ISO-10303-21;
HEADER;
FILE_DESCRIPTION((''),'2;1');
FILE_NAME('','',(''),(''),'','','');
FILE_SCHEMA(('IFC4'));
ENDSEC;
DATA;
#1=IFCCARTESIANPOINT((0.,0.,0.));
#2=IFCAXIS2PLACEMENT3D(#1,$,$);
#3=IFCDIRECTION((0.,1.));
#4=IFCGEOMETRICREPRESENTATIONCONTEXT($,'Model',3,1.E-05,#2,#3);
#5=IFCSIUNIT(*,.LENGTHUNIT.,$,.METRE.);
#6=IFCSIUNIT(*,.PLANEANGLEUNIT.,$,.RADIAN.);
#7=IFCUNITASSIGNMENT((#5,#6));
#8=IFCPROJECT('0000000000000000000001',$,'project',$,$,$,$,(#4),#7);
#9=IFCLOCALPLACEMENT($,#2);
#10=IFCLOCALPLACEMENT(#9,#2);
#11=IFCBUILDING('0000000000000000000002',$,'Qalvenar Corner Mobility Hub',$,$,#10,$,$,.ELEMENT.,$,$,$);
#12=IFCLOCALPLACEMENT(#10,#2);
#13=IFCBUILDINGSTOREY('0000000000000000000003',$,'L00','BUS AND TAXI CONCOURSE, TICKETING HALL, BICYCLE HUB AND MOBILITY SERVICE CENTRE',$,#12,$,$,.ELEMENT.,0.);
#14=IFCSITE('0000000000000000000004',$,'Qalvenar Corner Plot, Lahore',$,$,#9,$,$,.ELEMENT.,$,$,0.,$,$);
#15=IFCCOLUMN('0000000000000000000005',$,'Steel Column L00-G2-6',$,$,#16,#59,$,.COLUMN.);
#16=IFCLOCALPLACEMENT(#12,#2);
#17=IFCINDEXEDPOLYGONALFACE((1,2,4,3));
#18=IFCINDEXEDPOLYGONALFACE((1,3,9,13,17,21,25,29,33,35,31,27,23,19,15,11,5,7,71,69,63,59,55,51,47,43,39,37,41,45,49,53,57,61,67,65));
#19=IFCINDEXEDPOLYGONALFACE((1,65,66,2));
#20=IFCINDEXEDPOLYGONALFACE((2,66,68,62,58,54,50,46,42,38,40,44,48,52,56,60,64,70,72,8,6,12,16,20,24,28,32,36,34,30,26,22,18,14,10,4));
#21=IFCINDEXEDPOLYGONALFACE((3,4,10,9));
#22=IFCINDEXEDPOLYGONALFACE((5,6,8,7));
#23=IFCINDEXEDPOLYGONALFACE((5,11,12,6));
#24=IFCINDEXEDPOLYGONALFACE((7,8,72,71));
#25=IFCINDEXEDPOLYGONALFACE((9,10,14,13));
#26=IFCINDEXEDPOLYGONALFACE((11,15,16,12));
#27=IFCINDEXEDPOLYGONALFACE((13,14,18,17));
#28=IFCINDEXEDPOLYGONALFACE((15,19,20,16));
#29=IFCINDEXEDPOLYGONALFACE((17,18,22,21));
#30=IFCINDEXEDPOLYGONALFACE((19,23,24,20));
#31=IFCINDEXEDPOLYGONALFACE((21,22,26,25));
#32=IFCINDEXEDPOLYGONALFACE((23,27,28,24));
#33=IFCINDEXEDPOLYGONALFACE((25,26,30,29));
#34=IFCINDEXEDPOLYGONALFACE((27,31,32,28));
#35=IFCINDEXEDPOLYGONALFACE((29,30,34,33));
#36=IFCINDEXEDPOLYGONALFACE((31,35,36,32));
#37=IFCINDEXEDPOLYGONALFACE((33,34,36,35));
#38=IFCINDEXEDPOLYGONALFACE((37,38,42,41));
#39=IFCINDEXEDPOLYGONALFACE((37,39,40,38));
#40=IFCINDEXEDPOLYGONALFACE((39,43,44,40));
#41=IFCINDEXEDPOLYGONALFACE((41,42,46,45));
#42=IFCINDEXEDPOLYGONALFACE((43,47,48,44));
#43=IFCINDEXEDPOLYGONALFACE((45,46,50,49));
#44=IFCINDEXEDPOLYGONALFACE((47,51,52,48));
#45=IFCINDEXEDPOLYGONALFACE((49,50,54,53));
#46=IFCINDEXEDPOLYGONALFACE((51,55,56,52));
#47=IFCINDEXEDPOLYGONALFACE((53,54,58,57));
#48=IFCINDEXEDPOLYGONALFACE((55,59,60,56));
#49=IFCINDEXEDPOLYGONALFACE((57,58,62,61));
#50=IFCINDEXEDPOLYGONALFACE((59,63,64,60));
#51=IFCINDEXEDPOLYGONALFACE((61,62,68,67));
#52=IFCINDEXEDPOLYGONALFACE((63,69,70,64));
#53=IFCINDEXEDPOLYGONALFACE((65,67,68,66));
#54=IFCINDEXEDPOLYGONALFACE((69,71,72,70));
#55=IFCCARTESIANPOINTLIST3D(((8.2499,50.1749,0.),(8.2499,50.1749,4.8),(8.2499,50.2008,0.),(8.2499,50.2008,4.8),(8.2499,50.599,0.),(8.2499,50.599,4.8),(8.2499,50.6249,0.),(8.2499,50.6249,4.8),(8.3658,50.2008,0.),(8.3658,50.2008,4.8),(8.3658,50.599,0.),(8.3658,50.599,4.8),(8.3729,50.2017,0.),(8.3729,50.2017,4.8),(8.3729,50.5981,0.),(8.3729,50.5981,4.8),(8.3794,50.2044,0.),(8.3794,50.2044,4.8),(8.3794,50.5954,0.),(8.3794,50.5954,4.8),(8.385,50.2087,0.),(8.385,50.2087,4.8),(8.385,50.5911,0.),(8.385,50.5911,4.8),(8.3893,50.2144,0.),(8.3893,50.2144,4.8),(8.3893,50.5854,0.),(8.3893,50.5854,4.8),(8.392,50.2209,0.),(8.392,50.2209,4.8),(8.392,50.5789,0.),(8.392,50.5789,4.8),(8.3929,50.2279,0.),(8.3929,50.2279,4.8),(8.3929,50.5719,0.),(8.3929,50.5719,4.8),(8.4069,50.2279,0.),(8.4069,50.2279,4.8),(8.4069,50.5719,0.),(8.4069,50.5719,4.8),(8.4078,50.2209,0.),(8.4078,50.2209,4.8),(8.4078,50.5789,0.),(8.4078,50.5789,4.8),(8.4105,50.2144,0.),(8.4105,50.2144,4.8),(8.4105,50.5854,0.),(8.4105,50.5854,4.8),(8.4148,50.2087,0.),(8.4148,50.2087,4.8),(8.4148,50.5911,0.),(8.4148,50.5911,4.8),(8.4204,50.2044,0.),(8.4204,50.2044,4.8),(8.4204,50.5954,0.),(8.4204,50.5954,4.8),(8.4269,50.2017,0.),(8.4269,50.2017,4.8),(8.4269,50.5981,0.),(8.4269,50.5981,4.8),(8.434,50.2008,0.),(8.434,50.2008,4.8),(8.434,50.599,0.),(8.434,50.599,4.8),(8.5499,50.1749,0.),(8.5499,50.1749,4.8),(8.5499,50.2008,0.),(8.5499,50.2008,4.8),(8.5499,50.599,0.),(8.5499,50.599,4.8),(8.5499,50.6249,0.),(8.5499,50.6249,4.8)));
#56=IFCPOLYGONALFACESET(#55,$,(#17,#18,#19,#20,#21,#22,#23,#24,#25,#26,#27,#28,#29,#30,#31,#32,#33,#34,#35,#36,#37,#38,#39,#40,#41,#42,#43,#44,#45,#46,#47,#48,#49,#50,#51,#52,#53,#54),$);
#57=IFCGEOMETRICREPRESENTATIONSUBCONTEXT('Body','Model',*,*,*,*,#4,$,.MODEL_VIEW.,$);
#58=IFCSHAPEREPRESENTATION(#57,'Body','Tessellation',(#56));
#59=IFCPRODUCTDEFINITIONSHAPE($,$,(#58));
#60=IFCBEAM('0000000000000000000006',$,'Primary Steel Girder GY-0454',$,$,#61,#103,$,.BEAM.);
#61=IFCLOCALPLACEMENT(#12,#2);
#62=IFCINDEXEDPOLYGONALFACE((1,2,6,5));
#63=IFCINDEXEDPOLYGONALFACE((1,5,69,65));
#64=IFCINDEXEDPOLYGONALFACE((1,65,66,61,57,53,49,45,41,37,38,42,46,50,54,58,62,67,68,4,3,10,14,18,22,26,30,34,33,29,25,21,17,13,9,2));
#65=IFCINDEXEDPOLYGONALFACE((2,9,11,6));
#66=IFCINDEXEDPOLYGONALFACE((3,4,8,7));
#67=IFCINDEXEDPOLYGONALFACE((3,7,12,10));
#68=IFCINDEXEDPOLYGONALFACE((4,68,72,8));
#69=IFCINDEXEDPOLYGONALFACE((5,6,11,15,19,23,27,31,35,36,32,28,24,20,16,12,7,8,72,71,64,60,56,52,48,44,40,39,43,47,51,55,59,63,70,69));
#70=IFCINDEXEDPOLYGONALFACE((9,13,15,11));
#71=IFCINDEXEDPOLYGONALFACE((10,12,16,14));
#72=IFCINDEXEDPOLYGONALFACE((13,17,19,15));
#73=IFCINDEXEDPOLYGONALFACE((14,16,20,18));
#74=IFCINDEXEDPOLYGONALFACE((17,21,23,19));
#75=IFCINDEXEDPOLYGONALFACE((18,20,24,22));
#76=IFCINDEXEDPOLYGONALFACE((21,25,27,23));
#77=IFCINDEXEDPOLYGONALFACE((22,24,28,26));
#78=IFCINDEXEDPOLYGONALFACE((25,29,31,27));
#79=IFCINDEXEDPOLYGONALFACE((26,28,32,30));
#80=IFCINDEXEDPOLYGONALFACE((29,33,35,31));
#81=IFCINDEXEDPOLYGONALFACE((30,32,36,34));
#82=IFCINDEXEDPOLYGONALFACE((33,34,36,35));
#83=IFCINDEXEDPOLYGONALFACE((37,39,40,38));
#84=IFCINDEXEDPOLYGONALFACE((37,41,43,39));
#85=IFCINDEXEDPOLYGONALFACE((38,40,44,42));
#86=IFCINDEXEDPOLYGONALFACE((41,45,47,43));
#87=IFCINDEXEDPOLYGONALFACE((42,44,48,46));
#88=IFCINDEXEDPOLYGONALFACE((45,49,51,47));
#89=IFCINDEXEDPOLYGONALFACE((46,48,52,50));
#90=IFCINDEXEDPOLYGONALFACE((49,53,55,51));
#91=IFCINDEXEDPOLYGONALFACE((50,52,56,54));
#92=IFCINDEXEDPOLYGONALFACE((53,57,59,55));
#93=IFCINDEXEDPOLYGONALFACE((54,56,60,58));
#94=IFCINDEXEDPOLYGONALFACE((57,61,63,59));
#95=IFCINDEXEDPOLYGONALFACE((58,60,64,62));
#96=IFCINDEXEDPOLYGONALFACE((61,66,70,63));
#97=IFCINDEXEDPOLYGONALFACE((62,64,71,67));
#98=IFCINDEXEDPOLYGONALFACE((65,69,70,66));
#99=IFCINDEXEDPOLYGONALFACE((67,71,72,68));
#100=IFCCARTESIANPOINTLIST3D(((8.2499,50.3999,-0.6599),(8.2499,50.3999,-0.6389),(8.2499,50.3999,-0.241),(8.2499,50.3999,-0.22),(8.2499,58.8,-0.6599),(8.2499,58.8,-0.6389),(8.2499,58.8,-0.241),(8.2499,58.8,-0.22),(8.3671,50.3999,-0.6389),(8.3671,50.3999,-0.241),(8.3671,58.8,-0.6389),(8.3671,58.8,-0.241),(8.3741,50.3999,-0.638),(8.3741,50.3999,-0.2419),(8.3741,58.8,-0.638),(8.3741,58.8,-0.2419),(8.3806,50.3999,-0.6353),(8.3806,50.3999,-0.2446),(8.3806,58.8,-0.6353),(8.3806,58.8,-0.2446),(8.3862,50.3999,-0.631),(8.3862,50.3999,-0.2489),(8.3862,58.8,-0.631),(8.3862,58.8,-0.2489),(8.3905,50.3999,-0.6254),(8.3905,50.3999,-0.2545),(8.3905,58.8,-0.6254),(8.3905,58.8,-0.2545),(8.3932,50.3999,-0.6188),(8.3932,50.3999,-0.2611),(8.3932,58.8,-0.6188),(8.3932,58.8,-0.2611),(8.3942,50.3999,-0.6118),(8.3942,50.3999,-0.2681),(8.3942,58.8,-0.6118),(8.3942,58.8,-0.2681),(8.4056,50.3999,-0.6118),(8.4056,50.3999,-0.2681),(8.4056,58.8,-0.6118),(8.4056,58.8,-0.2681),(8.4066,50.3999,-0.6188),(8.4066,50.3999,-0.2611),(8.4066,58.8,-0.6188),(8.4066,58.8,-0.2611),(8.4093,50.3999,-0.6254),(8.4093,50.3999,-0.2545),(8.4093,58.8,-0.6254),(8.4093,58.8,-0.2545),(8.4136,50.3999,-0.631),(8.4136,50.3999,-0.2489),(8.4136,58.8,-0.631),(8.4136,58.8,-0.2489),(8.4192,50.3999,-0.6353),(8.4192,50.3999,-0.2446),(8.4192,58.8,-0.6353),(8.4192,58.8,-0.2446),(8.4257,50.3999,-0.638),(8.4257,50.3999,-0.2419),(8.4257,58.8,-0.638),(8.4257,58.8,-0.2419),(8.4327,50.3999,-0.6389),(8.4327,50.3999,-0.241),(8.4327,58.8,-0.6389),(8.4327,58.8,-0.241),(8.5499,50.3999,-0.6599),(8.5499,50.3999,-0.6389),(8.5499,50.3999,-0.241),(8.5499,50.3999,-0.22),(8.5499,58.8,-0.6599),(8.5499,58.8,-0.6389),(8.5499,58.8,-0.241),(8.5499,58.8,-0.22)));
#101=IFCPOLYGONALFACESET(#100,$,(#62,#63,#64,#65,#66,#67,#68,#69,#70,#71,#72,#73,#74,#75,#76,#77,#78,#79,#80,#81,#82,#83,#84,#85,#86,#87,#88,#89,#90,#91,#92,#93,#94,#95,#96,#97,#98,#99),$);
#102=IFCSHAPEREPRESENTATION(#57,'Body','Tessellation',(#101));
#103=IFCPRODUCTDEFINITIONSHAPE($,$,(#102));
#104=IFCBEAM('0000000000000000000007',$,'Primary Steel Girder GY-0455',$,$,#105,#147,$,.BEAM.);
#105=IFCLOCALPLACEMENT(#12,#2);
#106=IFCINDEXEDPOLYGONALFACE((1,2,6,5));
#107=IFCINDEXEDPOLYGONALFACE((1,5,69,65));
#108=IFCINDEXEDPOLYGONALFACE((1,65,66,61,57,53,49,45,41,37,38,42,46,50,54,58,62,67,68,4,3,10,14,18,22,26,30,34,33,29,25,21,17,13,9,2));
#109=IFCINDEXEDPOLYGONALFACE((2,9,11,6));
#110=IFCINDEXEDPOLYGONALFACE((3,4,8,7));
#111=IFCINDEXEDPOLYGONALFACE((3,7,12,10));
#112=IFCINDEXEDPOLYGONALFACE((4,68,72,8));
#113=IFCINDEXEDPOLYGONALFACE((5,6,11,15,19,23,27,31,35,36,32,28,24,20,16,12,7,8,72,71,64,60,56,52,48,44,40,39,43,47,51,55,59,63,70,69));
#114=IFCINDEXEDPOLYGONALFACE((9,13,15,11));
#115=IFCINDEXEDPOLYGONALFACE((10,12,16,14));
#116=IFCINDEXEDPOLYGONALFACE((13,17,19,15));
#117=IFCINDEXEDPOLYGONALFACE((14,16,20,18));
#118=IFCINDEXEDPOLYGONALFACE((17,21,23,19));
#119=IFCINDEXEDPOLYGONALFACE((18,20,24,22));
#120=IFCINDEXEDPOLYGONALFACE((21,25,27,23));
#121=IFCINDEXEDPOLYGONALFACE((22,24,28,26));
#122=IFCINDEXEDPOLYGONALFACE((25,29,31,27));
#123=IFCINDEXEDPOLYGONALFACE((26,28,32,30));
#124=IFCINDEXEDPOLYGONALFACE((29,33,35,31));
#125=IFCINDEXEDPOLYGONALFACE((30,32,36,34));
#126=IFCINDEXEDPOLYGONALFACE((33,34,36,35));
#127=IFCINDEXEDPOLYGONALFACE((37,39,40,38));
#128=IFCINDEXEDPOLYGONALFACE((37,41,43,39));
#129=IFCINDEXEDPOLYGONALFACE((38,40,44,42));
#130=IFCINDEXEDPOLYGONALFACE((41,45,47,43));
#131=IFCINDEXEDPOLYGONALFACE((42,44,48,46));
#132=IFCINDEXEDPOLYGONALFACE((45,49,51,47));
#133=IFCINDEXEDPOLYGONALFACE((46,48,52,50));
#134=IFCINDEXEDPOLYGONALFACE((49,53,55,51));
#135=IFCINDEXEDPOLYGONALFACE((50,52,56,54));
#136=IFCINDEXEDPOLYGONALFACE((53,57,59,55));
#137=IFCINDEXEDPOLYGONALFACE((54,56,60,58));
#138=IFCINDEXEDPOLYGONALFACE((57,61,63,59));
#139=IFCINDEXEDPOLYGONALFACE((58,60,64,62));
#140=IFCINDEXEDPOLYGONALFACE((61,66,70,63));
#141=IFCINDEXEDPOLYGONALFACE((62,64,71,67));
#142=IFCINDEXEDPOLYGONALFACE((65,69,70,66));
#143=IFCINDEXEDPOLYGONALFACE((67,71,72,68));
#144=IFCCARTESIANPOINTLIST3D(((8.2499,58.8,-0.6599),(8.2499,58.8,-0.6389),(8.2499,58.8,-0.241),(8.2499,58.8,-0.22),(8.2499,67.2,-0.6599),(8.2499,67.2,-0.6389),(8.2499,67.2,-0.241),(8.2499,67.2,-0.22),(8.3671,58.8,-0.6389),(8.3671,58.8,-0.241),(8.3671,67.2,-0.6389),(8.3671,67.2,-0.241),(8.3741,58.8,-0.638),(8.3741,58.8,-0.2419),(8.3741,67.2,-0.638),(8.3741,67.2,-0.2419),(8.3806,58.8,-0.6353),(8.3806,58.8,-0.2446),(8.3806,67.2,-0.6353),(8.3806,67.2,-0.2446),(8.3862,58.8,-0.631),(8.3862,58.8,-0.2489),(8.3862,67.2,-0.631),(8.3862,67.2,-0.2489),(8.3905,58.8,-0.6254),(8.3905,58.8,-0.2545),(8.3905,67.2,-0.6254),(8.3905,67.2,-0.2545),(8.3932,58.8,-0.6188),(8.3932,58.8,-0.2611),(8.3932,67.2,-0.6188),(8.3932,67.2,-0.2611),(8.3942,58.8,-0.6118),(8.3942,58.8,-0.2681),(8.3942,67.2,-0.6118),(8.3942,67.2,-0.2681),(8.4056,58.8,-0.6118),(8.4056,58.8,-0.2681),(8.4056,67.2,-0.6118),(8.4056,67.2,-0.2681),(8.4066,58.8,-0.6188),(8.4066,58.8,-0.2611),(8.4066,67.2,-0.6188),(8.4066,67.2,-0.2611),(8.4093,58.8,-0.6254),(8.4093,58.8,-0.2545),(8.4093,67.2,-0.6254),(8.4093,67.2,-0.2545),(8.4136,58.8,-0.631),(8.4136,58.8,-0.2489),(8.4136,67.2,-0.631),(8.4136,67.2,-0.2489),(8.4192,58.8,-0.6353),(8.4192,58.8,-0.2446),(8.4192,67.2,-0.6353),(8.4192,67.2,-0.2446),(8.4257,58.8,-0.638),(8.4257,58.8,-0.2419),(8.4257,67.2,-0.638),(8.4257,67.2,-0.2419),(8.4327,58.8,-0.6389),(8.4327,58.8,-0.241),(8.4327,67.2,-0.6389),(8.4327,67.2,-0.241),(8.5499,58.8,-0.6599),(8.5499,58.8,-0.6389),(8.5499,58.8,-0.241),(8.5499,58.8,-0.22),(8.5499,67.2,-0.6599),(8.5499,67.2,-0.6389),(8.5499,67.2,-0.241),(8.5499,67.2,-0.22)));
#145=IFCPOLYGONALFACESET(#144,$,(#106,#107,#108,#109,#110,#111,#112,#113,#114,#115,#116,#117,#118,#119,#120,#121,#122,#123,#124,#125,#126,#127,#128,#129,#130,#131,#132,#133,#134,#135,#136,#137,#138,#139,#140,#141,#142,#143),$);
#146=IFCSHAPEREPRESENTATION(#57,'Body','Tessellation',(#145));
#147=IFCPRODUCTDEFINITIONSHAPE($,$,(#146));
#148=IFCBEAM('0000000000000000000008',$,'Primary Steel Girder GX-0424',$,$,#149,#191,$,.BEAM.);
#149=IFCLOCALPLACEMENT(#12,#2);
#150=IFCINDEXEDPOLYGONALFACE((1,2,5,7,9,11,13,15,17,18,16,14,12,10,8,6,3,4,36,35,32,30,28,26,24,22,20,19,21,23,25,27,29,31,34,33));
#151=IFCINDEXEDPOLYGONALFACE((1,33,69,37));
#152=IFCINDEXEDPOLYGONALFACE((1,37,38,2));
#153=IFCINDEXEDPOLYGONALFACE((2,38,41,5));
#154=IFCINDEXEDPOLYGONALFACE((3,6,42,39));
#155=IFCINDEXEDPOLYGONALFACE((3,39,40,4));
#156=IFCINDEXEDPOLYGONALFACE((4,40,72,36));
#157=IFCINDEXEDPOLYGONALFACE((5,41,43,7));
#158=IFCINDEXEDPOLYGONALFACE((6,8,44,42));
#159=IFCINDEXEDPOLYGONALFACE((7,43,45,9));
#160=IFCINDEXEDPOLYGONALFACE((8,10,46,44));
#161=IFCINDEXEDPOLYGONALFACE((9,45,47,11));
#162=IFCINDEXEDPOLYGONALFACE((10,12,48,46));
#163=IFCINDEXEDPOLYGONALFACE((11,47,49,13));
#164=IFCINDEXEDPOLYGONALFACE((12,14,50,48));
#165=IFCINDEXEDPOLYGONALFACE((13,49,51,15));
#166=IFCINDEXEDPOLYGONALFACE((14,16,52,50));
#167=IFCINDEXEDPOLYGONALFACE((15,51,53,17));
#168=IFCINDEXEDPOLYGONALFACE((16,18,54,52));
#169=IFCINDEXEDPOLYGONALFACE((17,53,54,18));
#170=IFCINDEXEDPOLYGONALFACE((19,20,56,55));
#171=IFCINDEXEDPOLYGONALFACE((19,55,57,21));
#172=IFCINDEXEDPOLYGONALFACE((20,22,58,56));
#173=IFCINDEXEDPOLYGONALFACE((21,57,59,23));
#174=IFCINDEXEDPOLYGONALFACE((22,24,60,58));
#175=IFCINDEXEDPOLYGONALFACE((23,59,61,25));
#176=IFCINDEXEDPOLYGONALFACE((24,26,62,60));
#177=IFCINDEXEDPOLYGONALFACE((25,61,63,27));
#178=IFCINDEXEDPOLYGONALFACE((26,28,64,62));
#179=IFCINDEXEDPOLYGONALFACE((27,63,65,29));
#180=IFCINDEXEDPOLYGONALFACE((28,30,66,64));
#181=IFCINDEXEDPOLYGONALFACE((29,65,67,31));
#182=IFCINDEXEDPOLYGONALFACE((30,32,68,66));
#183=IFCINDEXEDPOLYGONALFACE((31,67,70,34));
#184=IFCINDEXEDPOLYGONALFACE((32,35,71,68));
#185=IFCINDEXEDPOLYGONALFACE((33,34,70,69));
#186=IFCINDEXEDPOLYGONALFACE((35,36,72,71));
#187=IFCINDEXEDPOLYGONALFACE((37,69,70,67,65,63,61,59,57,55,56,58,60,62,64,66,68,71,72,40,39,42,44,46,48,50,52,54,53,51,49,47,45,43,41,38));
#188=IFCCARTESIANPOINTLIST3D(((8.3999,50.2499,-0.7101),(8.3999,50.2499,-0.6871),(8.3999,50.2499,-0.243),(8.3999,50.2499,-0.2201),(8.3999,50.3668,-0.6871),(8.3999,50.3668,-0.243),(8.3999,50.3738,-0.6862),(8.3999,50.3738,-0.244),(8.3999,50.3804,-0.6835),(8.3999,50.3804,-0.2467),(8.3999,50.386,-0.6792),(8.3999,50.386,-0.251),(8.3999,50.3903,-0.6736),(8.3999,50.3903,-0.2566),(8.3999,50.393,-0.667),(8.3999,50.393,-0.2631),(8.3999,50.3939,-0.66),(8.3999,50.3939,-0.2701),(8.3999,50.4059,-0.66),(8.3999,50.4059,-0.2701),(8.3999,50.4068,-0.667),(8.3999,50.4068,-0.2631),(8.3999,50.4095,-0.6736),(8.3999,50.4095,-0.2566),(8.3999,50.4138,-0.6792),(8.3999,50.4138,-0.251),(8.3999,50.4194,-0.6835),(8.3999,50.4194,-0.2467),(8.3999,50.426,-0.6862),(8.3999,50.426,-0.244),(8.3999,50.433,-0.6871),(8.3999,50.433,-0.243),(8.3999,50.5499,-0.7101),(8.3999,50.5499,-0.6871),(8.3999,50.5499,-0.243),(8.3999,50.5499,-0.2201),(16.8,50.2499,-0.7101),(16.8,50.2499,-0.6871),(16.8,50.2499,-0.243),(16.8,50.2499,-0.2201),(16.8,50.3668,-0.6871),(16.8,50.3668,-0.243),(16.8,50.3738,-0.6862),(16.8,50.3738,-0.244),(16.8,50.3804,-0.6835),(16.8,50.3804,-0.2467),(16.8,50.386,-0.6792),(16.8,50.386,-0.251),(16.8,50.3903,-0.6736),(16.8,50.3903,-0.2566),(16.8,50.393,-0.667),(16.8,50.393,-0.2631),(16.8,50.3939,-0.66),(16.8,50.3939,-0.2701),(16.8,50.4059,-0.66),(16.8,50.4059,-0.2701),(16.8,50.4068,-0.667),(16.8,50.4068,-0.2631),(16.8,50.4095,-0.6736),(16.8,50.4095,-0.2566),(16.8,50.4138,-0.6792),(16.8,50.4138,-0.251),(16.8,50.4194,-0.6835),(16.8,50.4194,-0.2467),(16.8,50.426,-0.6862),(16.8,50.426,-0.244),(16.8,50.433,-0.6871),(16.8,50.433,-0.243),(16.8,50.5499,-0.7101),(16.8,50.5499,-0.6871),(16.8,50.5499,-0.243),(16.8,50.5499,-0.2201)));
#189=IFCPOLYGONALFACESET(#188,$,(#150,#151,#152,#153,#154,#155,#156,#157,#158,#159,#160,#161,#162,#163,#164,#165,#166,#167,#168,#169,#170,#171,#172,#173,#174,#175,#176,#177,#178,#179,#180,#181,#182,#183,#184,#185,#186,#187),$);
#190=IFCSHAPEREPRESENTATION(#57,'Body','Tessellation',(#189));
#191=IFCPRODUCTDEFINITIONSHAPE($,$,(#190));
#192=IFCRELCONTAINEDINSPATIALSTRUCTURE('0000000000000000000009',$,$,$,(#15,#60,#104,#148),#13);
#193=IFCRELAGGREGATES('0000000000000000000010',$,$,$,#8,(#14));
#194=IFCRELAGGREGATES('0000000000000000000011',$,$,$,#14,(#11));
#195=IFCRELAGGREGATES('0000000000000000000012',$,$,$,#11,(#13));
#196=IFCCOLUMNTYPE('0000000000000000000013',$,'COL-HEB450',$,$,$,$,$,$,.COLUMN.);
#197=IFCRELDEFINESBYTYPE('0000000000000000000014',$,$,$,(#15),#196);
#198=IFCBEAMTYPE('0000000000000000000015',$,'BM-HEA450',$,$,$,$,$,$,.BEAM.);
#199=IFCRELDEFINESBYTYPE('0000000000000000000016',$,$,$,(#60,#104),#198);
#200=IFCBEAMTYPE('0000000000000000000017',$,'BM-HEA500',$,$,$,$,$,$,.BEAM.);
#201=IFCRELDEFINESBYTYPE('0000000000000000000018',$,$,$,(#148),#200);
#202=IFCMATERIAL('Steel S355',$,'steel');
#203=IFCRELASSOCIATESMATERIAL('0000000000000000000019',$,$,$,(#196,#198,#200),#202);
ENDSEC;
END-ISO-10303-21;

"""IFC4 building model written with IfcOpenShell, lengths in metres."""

from ifc_helpers import new_model, si_unit, direction, frame, origin, origin_2d, place, context, subcontext, project, spatial, i_section, extrude, material, material_profile, profile_set, type_object, element, save


model = new_model("IFC4")

# Units and contexts
model_context = context("Model", 3, precision=1e-05, world=origin(), true_north=direction((0.0, 1.0)))
body_context = subcontext(model_context, "Body", "Model", "MODEL_VIEW")
ifc_project = project(units=[si_unit("LENGTHUNIT", "METRE"), si_unit("PLANEANGLEUNIT", "RADIAN")], contexts=[model_context])

# Site, building, storey
site_placement = place(None, origin())
site = spatial("IfcSite", under=ifc_project, at=site_placement, Name="Qalvenar Corner Plot, Lahore", CompositionType="ELEMENT", RefElevation=0.0)
building_placement = place(site_placement, origin())
building = spatial("IfcBuilding", under=site, at=building_placement, Name="Qalvenar Corner Mobility Hub", CompositionType="ELEMENT")
storey_placement = place(building_placement, origin())
storey = spatial("IfcBuildingStorey", under=building, at=storey_placement, Name="L00", Description="BUS AND TAXI CONCOURSE, TICKETING HALL, BICYCLE HUB AND MOBILITY SERVICE CENTRE", CompositionType="ELEMENT", Elevation=0.0)

# Column
ifc_material_1 = material(Name="Steel S355", Category="steel")
ifc_material_profile_1 = material_profile(ifc_material_1, i_section(OverallWidth=0.3, OverallDepth=0.45, WebThickness=0.0139, FlangeThickness=0.0259, FilletRadius=0.0271, at=origin_2d()), Name="HEB450")
ifc_profile_set_1 = profile_set([ifc_material_profile_1], Name="Steel S355")
column_type = type_object("IfcColumnType", Name="COL-HEB450", PredefinedType="COLUMN", material=ifc_profile_set_1)
column_placement = place(storey_placement, frame((8.3999, 50.3999, 0.0), z_axis=(0.0, 0.0, 1.0), x_axis=(1.0, 0.0, 0.0)))
element("IfcColumn", 1, at=column_placement, inside=storey, type_object=column_type, Name="Steel Column L00-G2-6", PredefinedType="COLUMN", context=body_context, shape_type="SweptSolid", body=[
    extrude(i_section(OverallWidth=0.3, OverallDepth=0.45, WebThickness=0.0139, FlangeThickness=0.0259, FilletRadius=0.0271, at=origin_2d()), origin(), (0.0, 0.0, 1.0), 4.8),
])

# Beams
ifc_material_profile_2 = material_profile(ifc_material_1, i_section(OverallWidth=0.3, OverallDepth=0.4399, WebThickness=0.0115, FlangeThickness=0.021, FilletRadius=0.0271, at=origin_2d()), Name="HEA450")
ifc_profile_set_2 = profile_set([ifc_material_profile_2], Name="Steel S355")
beam_type_1 = type_object("IfcBeamType", Name="BM-HEA450", PredefinedType="BEAM", material=ifc_profile_set_2)
beam_1_placement = place(storey_placement, frame((8.3999, 50.3999, -0.4399), z_axis=(0.0, 1.0, 0.0), x_axis=(-1.0, 0.0, 0.0)))
element("IfcBeam", 2, at=beam_1_placement, inside=storey, type_object=beam_type_1, Name="Primary Steel Girder GY-0454", PredefinedType="BEAM", context=body_context, shape_type="SweptSolid", body=[
    extrude(i_section(OverallWidth=0.3, OverallDepth=0.4399, WebThickness=0.0115, FlangeThickness=0.021, FilletRadius=0.0271, at=origin_2d()), origin(), (0.0, 0.0, 1.0), 8.4001),
])
beam_2_placement = place(storey_placement, frame((8.3999, 58.8, -0.4399), z_axis=(0.0, 1.0, 0.0), x_axis=(-1.0, 0.0, 0.0)))
element("IfcBeam", 3, at=beam_2_placement, inside=storey, type_object=beam_type_1, Name="Primary Steel Girder GY-0455", PredefinedType="BEAM", context=body_context, shape_type="SweptSolid", body=[
    extrude(i_section(OverallWidth=0.3, OverallDepth=0.4399, WebThickness=0.0115, FlangeThickness=0.021, FilletRadius=0.0271, at=origin_2d()), origin(), (0.0, 0.0, 1.0), 8.3999),
])
ifc_material_profile_3 = material_profile(ifc_material_1, i_section(OverallWidth=0.3, OverallDepth=0.49, WebThickness=0.012, FlangeThickness=0.0229, FilletRadius=0.0271, at=origin_2d()), Name="HEA500")
ifc_profile_set_3 = profile_set([ifc_material_profile_3], Name="Steel S355")
beam_type_2 = type_object("IfcBeamType", Name="BM-HEA500", PredefinedType="BEAM", material=ifc_profile_set_3)
for number, where, z_axis, x_axis, name in (
    (4, (8.3999, 50.3999, -0.4651), (1.0, 0.0, 0.0), (0.0, 1.0, 0.0), "Primary Steel Girder GX-0424"),
):
    element("IfcBeam", number, at=place(storey_placement, frame(where, z_axis=z_axis, x_axis=x_axis)), inside=storey, type_object=beam_type_2, Name=name, PredefinedType="BEAM", context=body_context, shape_type="SweptSolid", body=[
        extrude(i_section(OverallWidth=0.3, OverallDepth=0.49, WebThickness=0.012, FlangeThickness=0.0229, FilletRadius=0.0271, at=origin_2d()), origin(), (0.0, 0.0, 1.0), 8.4001),
    ])

save(model, "model.ifc")
